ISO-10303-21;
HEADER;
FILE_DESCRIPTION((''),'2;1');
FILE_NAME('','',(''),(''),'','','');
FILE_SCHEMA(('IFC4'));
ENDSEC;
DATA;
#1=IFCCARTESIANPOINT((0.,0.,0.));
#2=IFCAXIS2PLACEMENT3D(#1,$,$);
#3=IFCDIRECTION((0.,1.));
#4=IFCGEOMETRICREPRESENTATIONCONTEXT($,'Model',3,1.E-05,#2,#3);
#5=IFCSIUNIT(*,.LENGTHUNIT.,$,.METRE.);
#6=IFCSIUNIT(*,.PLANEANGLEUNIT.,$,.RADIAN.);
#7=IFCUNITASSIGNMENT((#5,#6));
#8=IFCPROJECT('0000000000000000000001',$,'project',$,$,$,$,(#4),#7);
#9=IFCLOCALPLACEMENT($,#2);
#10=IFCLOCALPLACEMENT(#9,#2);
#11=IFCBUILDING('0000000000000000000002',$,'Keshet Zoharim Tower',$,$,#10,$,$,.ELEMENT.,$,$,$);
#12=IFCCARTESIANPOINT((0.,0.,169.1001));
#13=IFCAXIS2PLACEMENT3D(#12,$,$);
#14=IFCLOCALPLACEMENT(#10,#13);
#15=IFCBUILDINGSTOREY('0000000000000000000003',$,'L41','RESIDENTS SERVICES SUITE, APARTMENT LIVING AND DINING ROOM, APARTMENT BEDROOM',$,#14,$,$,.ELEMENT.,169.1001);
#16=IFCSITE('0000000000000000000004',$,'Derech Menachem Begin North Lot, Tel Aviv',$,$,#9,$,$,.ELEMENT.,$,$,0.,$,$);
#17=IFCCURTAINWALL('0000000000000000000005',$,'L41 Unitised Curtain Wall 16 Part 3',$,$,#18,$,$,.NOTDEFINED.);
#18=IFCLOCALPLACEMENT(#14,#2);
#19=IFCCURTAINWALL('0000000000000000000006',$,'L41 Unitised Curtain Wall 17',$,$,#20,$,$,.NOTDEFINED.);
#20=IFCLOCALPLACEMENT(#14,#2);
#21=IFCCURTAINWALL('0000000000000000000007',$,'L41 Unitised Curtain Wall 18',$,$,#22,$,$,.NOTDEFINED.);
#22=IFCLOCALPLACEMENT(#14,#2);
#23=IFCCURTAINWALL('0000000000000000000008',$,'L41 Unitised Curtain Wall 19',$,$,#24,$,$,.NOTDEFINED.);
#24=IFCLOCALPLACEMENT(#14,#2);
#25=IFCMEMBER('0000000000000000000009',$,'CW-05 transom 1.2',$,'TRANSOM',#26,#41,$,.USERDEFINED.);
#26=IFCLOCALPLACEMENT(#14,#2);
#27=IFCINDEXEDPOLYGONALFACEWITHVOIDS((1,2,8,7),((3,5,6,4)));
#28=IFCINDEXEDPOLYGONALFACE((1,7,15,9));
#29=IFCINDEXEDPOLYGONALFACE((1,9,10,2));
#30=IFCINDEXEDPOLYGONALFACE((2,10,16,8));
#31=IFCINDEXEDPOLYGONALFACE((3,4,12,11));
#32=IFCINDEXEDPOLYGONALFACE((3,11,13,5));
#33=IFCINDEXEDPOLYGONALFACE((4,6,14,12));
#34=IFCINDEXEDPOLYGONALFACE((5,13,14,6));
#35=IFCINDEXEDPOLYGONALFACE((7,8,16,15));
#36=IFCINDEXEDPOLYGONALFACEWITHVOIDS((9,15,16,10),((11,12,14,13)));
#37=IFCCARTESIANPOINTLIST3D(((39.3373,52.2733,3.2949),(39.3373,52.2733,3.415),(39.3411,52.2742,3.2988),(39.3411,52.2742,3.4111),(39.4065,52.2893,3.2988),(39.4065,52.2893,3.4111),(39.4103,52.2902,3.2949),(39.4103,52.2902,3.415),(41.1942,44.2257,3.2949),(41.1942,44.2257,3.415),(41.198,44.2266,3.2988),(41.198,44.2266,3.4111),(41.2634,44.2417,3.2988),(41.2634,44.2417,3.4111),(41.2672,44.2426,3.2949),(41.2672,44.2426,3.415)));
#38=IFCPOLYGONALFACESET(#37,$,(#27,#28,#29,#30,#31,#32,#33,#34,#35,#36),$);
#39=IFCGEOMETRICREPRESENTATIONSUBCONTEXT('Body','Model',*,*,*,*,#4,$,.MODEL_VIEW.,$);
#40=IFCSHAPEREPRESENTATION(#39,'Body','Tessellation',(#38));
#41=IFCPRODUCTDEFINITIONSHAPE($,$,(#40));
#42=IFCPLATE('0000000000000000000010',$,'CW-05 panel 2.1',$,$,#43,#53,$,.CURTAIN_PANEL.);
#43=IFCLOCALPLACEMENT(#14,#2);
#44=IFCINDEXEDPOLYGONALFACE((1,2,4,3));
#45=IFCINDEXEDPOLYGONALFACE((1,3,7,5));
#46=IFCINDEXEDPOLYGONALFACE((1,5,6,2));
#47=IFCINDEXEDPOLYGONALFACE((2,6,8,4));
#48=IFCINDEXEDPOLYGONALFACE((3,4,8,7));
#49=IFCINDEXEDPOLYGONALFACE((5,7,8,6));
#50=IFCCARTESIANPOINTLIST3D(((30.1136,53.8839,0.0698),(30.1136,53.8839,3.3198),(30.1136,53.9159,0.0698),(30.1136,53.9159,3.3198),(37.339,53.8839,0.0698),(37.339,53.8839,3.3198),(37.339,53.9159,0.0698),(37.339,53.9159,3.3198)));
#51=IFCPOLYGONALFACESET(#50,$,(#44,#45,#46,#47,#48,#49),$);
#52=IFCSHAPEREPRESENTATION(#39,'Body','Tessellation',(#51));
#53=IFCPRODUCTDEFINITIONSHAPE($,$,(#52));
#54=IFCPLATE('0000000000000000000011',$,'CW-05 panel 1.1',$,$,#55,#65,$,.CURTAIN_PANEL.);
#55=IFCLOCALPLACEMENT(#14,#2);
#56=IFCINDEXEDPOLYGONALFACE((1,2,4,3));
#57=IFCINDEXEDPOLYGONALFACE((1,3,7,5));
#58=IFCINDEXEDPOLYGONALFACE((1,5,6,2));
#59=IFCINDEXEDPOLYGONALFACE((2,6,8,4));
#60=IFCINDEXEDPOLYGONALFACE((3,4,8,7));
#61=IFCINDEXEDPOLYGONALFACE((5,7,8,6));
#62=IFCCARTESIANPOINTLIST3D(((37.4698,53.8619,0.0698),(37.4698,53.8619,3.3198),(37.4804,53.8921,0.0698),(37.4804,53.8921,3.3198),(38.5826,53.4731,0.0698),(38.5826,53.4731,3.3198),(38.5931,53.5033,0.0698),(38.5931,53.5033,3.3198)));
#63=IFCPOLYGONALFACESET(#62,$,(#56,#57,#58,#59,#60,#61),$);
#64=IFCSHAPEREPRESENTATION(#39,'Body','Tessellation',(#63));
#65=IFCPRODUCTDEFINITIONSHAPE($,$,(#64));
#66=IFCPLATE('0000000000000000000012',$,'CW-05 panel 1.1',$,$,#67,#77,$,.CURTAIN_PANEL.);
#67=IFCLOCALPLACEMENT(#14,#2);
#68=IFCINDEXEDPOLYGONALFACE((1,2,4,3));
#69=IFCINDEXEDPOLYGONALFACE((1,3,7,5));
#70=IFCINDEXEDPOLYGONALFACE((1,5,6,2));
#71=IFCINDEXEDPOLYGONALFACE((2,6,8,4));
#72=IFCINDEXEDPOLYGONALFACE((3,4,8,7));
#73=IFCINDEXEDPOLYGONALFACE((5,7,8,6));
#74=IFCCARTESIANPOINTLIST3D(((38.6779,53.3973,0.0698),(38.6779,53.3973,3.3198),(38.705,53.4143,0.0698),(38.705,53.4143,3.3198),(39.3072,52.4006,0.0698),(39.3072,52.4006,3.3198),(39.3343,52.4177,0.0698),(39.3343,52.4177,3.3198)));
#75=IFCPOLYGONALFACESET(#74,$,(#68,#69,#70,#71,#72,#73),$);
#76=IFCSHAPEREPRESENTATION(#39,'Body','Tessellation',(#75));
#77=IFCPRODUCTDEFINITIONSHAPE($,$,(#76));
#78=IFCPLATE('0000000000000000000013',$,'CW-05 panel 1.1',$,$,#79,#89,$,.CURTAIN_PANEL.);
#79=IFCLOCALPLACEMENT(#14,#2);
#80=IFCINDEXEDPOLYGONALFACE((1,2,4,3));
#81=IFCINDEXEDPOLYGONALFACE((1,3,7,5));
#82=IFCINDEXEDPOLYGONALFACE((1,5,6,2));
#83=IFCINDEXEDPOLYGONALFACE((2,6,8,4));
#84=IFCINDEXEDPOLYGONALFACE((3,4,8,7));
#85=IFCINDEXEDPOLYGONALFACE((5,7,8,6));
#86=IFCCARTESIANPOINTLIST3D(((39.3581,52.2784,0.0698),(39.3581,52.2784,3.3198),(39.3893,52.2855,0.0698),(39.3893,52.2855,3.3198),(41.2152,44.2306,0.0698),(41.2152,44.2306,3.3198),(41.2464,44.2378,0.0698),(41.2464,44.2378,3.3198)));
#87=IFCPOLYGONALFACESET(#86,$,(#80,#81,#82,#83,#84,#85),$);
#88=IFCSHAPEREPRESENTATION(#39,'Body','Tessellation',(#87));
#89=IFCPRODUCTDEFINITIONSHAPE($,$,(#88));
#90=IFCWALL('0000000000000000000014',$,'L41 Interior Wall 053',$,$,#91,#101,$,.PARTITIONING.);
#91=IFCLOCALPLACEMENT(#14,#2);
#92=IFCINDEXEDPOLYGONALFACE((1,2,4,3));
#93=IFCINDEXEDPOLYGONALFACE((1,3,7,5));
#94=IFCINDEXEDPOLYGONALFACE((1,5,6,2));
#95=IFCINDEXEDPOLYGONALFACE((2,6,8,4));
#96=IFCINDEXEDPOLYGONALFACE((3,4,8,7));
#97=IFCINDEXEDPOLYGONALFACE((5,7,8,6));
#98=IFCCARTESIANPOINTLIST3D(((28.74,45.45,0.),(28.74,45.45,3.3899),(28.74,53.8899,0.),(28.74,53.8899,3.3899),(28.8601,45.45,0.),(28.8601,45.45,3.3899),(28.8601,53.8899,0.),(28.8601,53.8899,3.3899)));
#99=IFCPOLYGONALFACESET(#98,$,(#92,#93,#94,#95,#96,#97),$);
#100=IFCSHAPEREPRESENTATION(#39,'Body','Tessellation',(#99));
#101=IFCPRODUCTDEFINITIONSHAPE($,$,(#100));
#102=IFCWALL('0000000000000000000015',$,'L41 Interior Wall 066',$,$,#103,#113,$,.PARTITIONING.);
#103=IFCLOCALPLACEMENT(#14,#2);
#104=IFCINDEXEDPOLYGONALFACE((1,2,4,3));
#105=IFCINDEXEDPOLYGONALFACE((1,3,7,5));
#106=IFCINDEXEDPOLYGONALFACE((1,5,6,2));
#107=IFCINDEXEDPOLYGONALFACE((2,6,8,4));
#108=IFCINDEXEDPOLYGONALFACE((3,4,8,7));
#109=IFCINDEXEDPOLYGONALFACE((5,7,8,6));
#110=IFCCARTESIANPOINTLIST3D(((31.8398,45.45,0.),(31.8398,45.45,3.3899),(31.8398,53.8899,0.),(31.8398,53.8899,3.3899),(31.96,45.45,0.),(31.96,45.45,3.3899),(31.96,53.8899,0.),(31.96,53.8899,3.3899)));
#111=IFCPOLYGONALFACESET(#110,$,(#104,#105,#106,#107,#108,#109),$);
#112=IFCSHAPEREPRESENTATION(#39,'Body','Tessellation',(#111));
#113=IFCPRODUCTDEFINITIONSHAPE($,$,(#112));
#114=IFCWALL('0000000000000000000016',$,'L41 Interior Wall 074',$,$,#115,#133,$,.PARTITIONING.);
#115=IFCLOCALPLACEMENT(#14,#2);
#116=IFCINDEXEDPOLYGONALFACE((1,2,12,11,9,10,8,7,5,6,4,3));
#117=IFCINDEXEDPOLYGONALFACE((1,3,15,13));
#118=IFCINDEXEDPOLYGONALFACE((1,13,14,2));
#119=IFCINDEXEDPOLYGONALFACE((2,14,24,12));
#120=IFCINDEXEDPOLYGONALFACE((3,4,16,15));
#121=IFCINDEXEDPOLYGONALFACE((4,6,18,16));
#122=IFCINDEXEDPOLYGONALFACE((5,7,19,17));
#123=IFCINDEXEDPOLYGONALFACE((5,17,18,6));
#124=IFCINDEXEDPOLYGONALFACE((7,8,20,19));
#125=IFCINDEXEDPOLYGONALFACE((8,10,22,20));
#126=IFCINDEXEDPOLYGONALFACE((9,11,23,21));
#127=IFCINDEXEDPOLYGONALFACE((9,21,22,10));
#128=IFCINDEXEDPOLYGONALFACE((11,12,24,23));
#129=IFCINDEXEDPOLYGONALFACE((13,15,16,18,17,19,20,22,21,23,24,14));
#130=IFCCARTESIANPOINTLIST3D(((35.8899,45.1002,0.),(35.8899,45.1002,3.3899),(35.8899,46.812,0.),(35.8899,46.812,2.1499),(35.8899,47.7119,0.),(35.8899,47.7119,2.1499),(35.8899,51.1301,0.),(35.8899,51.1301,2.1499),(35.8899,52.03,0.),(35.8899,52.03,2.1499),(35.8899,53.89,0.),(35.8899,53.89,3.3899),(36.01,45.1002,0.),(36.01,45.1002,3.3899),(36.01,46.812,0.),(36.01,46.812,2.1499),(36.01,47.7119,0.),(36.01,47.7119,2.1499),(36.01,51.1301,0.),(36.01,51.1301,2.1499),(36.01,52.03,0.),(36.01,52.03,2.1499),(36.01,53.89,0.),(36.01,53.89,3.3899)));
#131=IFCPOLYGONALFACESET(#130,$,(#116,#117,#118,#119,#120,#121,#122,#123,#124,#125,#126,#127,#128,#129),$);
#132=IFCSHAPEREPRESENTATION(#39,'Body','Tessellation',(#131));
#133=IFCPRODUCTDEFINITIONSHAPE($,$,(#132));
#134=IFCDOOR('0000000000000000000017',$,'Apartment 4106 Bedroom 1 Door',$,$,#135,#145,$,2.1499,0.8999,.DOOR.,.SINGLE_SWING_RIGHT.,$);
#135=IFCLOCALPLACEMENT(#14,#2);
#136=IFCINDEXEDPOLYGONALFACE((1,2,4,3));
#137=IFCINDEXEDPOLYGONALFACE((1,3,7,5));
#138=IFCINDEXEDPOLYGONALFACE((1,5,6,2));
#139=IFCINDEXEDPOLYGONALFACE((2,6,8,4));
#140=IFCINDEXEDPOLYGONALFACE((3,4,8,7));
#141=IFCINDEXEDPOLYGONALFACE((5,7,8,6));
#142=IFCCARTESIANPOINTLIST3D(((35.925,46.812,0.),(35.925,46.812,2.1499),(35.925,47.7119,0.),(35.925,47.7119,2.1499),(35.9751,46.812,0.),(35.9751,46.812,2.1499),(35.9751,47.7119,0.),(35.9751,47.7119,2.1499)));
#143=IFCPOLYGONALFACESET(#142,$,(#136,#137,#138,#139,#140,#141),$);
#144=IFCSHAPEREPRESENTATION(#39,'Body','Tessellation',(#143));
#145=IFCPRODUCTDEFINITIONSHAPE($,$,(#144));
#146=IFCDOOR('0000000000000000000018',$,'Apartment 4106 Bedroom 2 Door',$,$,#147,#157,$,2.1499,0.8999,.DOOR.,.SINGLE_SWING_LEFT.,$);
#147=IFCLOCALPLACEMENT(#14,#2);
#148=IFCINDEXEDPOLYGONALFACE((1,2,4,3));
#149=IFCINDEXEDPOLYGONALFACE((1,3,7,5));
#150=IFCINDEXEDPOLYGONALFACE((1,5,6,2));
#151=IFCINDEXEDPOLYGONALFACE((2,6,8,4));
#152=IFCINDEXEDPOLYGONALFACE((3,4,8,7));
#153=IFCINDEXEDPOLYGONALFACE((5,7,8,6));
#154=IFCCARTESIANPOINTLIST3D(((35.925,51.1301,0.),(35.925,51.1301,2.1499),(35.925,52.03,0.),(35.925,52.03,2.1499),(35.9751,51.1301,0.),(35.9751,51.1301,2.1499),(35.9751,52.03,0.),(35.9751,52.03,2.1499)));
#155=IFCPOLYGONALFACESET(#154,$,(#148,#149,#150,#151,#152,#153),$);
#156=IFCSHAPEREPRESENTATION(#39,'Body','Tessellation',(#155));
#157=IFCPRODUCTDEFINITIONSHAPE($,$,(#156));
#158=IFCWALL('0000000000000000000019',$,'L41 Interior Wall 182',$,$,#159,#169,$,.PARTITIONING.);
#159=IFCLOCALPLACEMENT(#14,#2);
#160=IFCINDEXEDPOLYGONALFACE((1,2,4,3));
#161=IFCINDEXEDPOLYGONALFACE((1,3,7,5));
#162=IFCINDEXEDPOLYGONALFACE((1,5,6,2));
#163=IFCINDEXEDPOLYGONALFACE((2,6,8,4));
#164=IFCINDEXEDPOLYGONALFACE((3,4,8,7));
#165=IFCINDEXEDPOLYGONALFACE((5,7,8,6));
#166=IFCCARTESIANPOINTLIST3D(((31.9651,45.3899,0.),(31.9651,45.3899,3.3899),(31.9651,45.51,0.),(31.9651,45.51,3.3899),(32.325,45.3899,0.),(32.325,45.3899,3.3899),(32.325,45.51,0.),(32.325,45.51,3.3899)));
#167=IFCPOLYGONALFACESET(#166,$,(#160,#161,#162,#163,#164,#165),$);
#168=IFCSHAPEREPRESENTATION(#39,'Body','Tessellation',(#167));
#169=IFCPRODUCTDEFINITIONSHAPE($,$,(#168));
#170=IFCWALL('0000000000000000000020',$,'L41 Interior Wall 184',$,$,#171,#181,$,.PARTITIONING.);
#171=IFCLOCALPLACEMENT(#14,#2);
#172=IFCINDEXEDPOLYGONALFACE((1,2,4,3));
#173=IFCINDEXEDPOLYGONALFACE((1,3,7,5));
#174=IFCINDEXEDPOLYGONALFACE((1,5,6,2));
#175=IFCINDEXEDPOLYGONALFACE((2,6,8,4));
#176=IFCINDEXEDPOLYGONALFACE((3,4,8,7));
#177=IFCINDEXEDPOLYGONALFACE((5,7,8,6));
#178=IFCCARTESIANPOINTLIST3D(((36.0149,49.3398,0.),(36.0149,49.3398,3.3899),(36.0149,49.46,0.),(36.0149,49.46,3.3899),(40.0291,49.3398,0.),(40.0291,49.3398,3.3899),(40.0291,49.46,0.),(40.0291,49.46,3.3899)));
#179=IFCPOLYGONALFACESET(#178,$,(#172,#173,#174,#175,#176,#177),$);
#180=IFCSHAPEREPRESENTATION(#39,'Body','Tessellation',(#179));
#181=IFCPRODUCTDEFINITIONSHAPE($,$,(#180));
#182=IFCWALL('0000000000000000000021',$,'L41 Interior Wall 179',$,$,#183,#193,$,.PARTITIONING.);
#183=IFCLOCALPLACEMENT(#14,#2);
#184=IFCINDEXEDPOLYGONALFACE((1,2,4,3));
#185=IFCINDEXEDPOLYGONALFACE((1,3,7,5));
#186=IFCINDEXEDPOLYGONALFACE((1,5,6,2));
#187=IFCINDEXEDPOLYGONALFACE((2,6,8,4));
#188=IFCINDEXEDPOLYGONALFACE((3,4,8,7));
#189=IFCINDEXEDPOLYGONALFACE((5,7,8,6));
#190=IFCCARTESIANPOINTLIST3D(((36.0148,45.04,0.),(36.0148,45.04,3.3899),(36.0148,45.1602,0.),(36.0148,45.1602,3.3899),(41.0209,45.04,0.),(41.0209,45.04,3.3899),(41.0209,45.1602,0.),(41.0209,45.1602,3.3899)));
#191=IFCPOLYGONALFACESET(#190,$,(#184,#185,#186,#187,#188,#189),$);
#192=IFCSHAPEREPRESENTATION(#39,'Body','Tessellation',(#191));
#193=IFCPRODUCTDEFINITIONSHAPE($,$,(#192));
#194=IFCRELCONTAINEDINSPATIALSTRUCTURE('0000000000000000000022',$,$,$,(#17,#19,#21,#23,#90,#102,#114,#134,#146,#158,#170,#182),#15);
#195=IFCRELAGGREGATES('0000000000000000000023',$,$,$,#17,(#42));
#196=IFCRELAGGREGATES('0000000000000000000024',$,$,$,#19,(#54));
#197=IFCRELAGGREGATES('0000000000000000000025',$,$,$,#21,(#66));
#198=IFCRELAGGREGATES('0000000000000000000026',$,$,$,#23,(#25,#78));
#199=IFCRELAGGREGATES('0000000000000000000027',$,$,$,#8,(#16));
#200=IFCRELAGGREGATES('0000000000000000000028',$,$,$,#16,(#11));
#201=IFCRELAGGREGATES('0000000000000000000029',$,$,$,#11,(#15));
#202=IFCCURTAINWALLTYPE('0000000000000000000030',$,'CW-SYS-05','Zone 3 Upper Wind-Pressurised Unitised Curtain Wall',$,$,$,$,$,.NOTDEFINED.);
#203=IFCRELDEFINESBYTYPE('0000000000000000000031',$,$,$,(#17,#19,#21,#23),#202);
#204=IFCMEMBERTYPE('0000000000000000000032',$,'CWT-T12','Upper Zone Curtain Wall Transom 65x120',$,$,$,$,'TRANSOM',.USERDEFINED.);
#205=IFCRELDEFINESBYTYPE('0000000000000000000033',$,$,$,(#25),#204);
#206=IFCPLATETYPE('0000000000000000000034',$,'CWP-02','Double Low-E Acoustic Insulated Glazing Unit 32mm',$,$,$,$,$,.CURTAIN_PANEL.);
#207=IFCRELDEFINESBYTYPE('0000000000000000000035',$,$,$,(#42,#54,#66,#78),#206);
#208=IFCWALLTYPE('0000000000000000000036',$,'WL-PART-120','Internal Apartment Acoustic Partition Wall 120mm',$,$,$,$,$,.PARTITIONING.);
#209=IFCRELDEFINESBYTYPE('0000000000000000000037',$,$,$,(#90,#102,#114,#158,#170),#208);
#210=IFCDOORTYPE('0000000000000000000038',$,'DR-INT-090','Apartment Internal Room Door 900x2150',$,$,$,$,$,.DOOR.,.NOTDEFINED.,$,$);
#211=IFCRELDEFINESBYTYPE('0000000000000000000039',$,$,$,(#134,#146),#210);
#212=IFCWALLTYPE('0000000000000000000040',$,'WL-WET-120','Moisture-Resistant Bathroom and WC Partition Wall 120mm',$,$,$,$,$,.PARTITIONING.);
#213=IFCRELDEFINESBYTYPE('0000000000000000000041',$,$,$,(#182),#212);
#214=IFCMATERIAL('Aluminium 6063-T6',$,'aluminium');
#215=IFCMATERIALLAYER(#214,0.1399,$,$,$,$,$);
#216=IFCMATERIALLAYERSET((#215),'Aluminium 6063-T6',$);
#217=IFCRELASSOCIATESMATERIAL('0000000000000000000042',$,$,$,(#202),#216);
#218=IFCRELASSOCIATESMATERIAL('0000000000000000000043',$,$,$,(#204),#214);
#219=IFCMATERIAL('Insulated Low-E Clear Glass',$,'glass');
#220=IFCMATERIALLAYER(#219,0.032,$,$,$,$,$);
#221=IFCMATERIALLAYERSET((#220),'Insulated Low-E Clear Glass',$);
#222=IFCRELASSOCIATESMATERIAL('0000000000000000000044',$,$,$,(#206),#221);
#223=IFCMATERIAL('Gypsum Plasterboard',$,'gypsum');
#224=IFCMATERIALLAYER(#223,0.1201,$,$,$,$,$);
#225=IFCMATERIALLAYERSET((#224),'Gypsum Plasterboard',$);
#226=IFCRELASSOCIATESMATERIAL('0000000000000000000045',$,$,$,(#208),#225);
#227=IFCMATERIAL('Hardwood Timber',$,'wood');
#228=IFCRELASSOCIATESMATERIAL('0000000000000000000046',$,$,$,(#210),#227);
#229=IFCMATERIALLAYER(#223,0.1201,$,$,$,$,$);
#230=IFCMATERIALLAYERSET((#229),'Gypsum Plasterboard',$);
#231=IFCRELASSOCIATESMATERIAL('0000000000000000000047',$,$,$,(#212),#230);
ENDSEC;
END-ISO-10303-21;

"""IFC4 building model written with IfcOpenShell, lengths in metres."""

from ifc_helpers import new_model, si_unit, direction, frame, frame_2d, origin, origin_2d, place, context, subcontext, project, spatial, rectangle, hollow_rectangle, extrude, material, layer, layer_set, material_profile, profile_set, type_object, element, fill, aggregate, save


model = new_model("IFC4")

# Units and contexts
model_context = context("Model", 3, precision=1e-05, world=origin(), true_north=direction((0.0, 1.0)))
body_context = subcontext(model_context, "Body", "Model", "MODEL_VIEW")
ifc_project = project(units=[si_unit("LENGTHUNIT", "METRE"), si_unit("PLANEANGLEUNIT", "RADIAN")], contexts=[model_context])

# Site, building, storey
site_placement = place(None, origin())
site = spatial("IfcSite", under=ifc_project, at=site_placement, Name="Derech Menachem Begin North Lot, Tel Aviv", CompositionType="ELEMENT", RefElevation=0.0)
building_placement = place(site_placement, origin())
building = spatial("IfcBuilding", under=site, at=building_placement, Name="Keshet Zoharim Tower", CompositionType="ELEMENT")
storey_placement = place(building_placement, frame((0.0, 0.0, 169.1001)))
storey = spatial("IfcBuildingStorey", under=building, at=storey_placement, Name="L41", Description="RESIDENTS SERVICES SUITE, APARTMENT LIVING AND DINING ROOM, APARTMENT BEDROOM", CompositionType="ELEMENT", Elevation=169.1001)

# Curtain walls
ifc_material_1 = material(Name="Aluminium 6063-T6", Category="aluminium")
ifc_layer_1 = layer(ifc_material_1, 0.1399)
ifc_layer_set_1 = layer_set([ifc_layer_1], Name="Aluminium 6063-T6")
curtain_wall_type = type_object("IfcCurtainWallType", Name="CW-SYS-05", Description="Zone 3 Upper Wind-Pressurised Unitised Curtain Wall", PredefinedType="NOTDEFINED", material=ifc_layer_set_1)
curtain_wall_1_placement = place(storey_placement, origin())
curtain_wall_1 = element("IfcCurtainWall", 1, at=curtain_wall_1_placement, inside=storey, type_object=curtain_wall_type, Name="L41 Unitised Curtain Wall 16 Part 3", PredefinedType="NOTDEFINED")
curtain_wall_2_placement = place(storey_placement, origin())
curtain_wall_2 = element("IfcCurtainWall", 2, at=curtain_wall_2_placement, inside=storey, type_object=curtain_wall_type, Name="L41 Unitised Curtain Wall 17", PredefinedType="NOTDEFINED")
curtain_wall_3_placement = place(storey_placement, origin())
curtain_wall_3 = element("IfcCurtainWall", 3, at=curtain_wall_3_placement, inside=storey, type_object=curtain_wall_type, Name="L41 Unitised Curtain Wall 18", PredefinedType="NOTDEFINED")

# Curtain wall
curtain_wall_4_placement = place(storey_placement, origin())
curtain_wall_4 = element("IfcCurtainWall", 4, at=curtain_wall_4_placement, inside=storey, type_object=curtain_wall_type, Name="L41 Unitised Curtain Wall 19", PredefinedType="NOTDEFINED")

# Member
ifc_material_profile_1 = material_profile(ifc_material_1, hollow_rectangle(XDim=0.075, YDim=0.1201, WallThickness=0.0039, at=origin_2d()), Name="TRN-75x120")
ifc_profile_set_1 = profile_set([ifc_material_profile_1], Name="Aluminium 6063-T6")
member_type_1 = type_object("IfcMemberType", Name="CWT-T12", Description="Upper Zone Curtain Wall Transom 65x120", ElementType="TRANSOM", PredefinedType="USERDEFINED", material=ifc_profile_set_1)
member_1_placement = place(storey_placement, frame((39.3738, 52.2817, 3.355), z_axis=(0.224836, -0.974397, 0.0), x_axis=(0.974397, 0.224836, 0.0)))
member_1 = element("IfcMember", 5, at=member_1_placement, type_object=member_type_1, Name="CW-05 transom 1.2", ObjectType="TRANSOM", PredefinedType="USERDEFINED", context=body_context, shape_type="SweptSolid", body=[
    extrude(hollow_rectangle(XDim=0.075, YDim=0.1201, WallThickness=0.0039, at=origin_2d()), origin(), (0.0, 0.0, 1.0), 8.259),
])

# Plates
ifc_material_2 = material(Name="Insulated Low-E Clear Glass", Category="glass")
ifc_layer_2 = layer(ifc_material_2, 0.032)
ifc_layer_set_2 = layer_set([ifc_layer_2], Name="Insulated Low-E Clear Glass")
plate_type = type_object("IfcPlateType", Name="CWP-02", Description="Double Low-E Acoustic Insulated Glazing Unit 32mm", PredefinedType="CURTAIN_PANEL", material=ifc_layer_set_2)
plate_1_placement = place(storey_placement, frame((33.7263, 53.8999, 0.0698), z_axis=(0.0, 0.0, 1.0), x_axis=(1.0, 0.0, 0.0)))
plate_1 = element("IfcPlate", 6, at=plate_1_placement, type_object=plate_type, Name="CW-05 panel 2.1", PredefinedType="CURTAIN_PANEL", context=body_context, shape_type="SweptSolid", body=[
    extrude(rectangle(XDim=7.2253, YDim=0.032, at=origin_2d()), origin(), (0.0, 0.0, 1.0), 3.25),
])
aggregate(curtain_wall_1, [plate_1])
plate_2_placement = place(storey_placement, frame((38.0315, 53.6826, 0.0698), z_axis=(0.0, 0.0, 1.0), x_axis=(0.944036, -0.329844, 0.0)))
plate_2 = element("IfcPlate", 7, at=plate_2_placement, type_object=plate_type, Name="CW-05 panel 1.1", PredefinedType="CURTAIN_PANEL", context=body_context, shape_type="SweptSolid", body=[
    extrude(rectangle(XDim=1.1787, YDim=0.032, at=origin_2d()), origin(), (0.0, 0.0, 1.0), 3.25),
])
aggregate(curtain_wall_2, [plate_2])
plate_3_placement = place(storey_placement, frame((39.0061, 52.9075, 0.0698), z_axis=(0.0, 0.0, 1.0), x_axis=(0.533879, -0.845561, 0.0)))
plate_3 = element("IfcPlate", 8, at=plate_3_placement, type_object=plate_type, Name="CW-05 panel 1.1", PredefinedType="CURTAIN_PANEL", context=body_context, shape_type="SweptSolid", body=[
    extrude(rectangle(XDim=1.1787, YDim=0.032, at=origin_2d()), origin(), (0.0, 0.0, 1.0), 3.25),
])
aggregate(curtain_wall_3, [plate_3])
plate_4_placement = place(storey_placement, frame((40.3022, 48.2581, 0.0698), z_axis=(0.0, 0.0, 1.0), x_axis=(0.224848, -0.974394, 0.0)))
plate_4 = element("IfcPlate", 9, at=plate_4_placement, type_object=plate_type, Name="CW-05 panel 1.1", PredefinedType="CURTAIN_PANEL", context=body_context, shape_type="SweptSolid", body=[
    extrude(rectangle(XDim=8.2593, YDim=0.032, at=origin_2d()), origin(), (0.0, 0.0, 1.0), 3.25),
])
aggregate(curtain_wall_4, [member_1, plate_4])

# Walls
ifc_material_3 = material(Name="Gypsum Plasterboard", Category="gypsum")
ifc_layer_3 = layer(ifc_material_3, 0.1201)
ifc_layer_set_3 = layer_set([ifc_layer_3], Name="Gypsum Plasterboard")
wall_type_1 = type_object("IfcWallType", Name="WL-PART-120", Description="Internal Apartment Acoustic Partition Wall 120mm", PredefinedType="PARTITIONING", material=ifc_layer_set_3)
for number, where, z_axis, x_axis, name in (
    (10, (28.8, 45.45, 0.0), (0.0, 0.0, 1.0), (0.0, 1.0, 0.0), "L41 Interior Wall 053"),
    (11, (31.8999, 45.45, 0.0), (0.0, 0.0, 1.0), (0.0, 1.0, 0.0), "L41 Interior Wall 066"),
):
    element("IfcWall", number, at=place(storey_placement, frame(where, z_axis=z_axis, x_axis=x_axis)), inside=storey, type_object=wall_type_1, Name=name, PredefinedType="PARTITIONING", context=body_context, shape_type="SweptSolid", body=[
        extrude(rectangle(XDim=8.4399, YDim=0.1201, at=frame_2d((4.22, 0.0))), origin(), (0.0, 0.0, 1.0), 3.3899),
    ])

# Wall, openings, doors
wall_1_placement = place(storey_placement, frame((35.95, 45.1001, 0.0), z_axis=(0.0, 0.0, 1.0), x_axis=(0.0, 1.0, 0.0)))
wall_1 = element("IfcWall", 12, at=wall_1_placement, inside=storey, type_object=wall_type_1, Name="L41 Interior Wall 074", PredefinedType="PARTITIONING", context=body_context, shape_type="SweptSolid", body=[
    extrude(rectangle(XDim=8.7898, YDim=0.1201, at=frame_2d((4.395, 0.0))), origin(), (0.0, 0.0, 1.0), 3.3899),
])
opening_1_placement = place(wall_1_placement, frame((1.7119, 0.0, 0.0)))
opening_1 = element("IfcOpeningElement", 13, at=opening_1_placement, cuts=wall_1, PredefinedType="OPENING", context=body_context, shape_type="SweptSolid", body=[
    extrude(rectangle(XDim=0.8999, YDim=2.1499, at=frame_2d((0.45, 1.075))), frame((0.0, 0.0701, 0.0), z_axis=(0.0, -1.0, 0.0), x_axis=(1.0, 0.0, 0.0)), (0.0, 0.0, 1.0), 0.1401),
])
opening_2_placement = place(wall_1_placement, frame((6.03, 0.0, 0.0)))
opening_2 = element("IfcOpeningElement", 14, at=opening_2_placement, cuts=wall_1, PredefinedType="OPENING", context=body_context, shape_type="SweptSolid", body=[
    extrude(rectangle(XDim=0.8999, YDim=2.1499, at=frame_2d((0.45, 1.075))), frame((0.0, 0.0701, 0.0), z_axis=(0.0, -1.0, 0.0), x_axis=(1.0, 0.0, 0.0)), (0.0, 0.0, 1.0), 0.1401),
])
ifc_material_4 = material(Name="Hardwood Timber", Category="wood")
door_type = type_object("IfcDoorType", Name="DR-INT-090", Description="Apartment Internal Room Door 900x2150", OperationType="NOTDEFINED", PredefinedType="DOOR", material=ifc_material_4)
door_1_placement = place(opening_1_placement, origin())
door_1 = element("IfcDoor", 15, at=door_1_placement, inside=storey, type_object=door_type, Name="Apartment 4106 Bedroom 1 Door", OperationType="SINGLE_SWING_RIGHT", OverallHeight=2.1499, OverallWidth=0.8999, PredefinedType="DOOR", context=body_context, shape_type="SweptSolid", body=[
    extrude(rectangle(XDim=0.8999, YDim=2.1499, at=frame_2d((0.45, 1.075))), frame((0.0, 0.0249, 0.0), z_axis=(0.0, -1.0, 0.0), x_axis=(1.0, 0.0, 0.0)), (0.0, 0.0, 1.0), 0.05),
])
fill(opening_1, door_1)
door_2_placement = place(opening_2_placement, origin())
door_2 = element("IfcDoor", 16, at=door_2_placement, inside=storey, type_object=door_type, Name="Apartment 4106 Bedroom 2 Door", OperationType="SINGLE_SWING_LEFT", OverallHeight=2.1499, OverallWidth=0.8999, PredefinedType="DOOR", context=body_context, shape_type="SweptSolid", body=[
    extrude(rectangle(XDim=0.8999, YDim=2.1499, at=frame_2d((0.45, 1.075))), frame((0.0, 0.0249, 0.0), z_axis=(0.0, -1.0, 0.0), x_axis=(1.0, 0.0, 0.0)), (0.0, 0.0, 1.0), 0.05),
])
fill(opening_2, door_2)

# Walls
wall_2_placement = place(storey_placement, frame((31.9651, 45.45, 0.0), z_axis=(0.0, 0.0, 1.0), x_axis=(1.0, 0.0, 0.0)))
element("IfcWall", 17, at=wall_2_placement, inside=storey, type_object=wall_type_1, Name="L41 Interior Wall 182", PredefinedType="PARTITIONING", context=body_context, shape_type="SweptSolid", body=[
    extrude(rectangle(XDim=0.3599, YDim=0.1201, at=frame_2d((0.1799, 0.0))), origin(), (0.0, 0.0, 1.0), 3.3899),
])
wall_3_placement = place(storey_placement, frame((36.0149, 49.3999, 0.0), z_axis=(0.0, 0.0, 1.0), x_axis=(1.0, 0.0, 0.0)))
element("IfcWall", 18, at=wall_3_placement, inside=storey, type_object=wall_type_1, Name="L41 Interior Wall 184", PredefinedType="PARTITIONING", context=body_context, shape_type="SweptSolid", body=[
    extrude(rectangle(XDim=4.0142, YDim=0.1201, at=frame_2d((2.0071, 0.0))), origin(), (0.0, 0.0, 1.0), 3.3899),
])
ifc_layer_4 = layer(ifc_material_3, 0.1201)
ifc_layer_set_4 = layer_set([ifc_layer_4], Name="Gypsum Plasterboard")
wall_type_2 = type_object("IfcWallType", Name="WL-WET-120", Description="Moisture-Resistant Bathroom and WC Partition Wall 120mm", PredefinedType="PARTITIONING", material=ifc_layer_set_4)
wall_4_placement = place(storey_placement, frame((36.0149, 45.1001, 0.0), z_axis=(0.0, 0.0, 1.0), x_axis=(1.0, 0.0, 0.0)))
element("IfcWall", 19, at=wall_4_placement, inside=storey, type_object=wall_type_2, Name="L41 Interior Wall 179", PredefinedType="PARTITIONING", context=body_context, shape_type="SweptSolid", body=[
    extrude(rectangle(XDim=5.0061, YDim=0.1201, at=frame_2d((2.5029, 0.0))), origin(), (0.0, 0.0, 1.0), 3.3899),
])

save(model, "model.ifc")
